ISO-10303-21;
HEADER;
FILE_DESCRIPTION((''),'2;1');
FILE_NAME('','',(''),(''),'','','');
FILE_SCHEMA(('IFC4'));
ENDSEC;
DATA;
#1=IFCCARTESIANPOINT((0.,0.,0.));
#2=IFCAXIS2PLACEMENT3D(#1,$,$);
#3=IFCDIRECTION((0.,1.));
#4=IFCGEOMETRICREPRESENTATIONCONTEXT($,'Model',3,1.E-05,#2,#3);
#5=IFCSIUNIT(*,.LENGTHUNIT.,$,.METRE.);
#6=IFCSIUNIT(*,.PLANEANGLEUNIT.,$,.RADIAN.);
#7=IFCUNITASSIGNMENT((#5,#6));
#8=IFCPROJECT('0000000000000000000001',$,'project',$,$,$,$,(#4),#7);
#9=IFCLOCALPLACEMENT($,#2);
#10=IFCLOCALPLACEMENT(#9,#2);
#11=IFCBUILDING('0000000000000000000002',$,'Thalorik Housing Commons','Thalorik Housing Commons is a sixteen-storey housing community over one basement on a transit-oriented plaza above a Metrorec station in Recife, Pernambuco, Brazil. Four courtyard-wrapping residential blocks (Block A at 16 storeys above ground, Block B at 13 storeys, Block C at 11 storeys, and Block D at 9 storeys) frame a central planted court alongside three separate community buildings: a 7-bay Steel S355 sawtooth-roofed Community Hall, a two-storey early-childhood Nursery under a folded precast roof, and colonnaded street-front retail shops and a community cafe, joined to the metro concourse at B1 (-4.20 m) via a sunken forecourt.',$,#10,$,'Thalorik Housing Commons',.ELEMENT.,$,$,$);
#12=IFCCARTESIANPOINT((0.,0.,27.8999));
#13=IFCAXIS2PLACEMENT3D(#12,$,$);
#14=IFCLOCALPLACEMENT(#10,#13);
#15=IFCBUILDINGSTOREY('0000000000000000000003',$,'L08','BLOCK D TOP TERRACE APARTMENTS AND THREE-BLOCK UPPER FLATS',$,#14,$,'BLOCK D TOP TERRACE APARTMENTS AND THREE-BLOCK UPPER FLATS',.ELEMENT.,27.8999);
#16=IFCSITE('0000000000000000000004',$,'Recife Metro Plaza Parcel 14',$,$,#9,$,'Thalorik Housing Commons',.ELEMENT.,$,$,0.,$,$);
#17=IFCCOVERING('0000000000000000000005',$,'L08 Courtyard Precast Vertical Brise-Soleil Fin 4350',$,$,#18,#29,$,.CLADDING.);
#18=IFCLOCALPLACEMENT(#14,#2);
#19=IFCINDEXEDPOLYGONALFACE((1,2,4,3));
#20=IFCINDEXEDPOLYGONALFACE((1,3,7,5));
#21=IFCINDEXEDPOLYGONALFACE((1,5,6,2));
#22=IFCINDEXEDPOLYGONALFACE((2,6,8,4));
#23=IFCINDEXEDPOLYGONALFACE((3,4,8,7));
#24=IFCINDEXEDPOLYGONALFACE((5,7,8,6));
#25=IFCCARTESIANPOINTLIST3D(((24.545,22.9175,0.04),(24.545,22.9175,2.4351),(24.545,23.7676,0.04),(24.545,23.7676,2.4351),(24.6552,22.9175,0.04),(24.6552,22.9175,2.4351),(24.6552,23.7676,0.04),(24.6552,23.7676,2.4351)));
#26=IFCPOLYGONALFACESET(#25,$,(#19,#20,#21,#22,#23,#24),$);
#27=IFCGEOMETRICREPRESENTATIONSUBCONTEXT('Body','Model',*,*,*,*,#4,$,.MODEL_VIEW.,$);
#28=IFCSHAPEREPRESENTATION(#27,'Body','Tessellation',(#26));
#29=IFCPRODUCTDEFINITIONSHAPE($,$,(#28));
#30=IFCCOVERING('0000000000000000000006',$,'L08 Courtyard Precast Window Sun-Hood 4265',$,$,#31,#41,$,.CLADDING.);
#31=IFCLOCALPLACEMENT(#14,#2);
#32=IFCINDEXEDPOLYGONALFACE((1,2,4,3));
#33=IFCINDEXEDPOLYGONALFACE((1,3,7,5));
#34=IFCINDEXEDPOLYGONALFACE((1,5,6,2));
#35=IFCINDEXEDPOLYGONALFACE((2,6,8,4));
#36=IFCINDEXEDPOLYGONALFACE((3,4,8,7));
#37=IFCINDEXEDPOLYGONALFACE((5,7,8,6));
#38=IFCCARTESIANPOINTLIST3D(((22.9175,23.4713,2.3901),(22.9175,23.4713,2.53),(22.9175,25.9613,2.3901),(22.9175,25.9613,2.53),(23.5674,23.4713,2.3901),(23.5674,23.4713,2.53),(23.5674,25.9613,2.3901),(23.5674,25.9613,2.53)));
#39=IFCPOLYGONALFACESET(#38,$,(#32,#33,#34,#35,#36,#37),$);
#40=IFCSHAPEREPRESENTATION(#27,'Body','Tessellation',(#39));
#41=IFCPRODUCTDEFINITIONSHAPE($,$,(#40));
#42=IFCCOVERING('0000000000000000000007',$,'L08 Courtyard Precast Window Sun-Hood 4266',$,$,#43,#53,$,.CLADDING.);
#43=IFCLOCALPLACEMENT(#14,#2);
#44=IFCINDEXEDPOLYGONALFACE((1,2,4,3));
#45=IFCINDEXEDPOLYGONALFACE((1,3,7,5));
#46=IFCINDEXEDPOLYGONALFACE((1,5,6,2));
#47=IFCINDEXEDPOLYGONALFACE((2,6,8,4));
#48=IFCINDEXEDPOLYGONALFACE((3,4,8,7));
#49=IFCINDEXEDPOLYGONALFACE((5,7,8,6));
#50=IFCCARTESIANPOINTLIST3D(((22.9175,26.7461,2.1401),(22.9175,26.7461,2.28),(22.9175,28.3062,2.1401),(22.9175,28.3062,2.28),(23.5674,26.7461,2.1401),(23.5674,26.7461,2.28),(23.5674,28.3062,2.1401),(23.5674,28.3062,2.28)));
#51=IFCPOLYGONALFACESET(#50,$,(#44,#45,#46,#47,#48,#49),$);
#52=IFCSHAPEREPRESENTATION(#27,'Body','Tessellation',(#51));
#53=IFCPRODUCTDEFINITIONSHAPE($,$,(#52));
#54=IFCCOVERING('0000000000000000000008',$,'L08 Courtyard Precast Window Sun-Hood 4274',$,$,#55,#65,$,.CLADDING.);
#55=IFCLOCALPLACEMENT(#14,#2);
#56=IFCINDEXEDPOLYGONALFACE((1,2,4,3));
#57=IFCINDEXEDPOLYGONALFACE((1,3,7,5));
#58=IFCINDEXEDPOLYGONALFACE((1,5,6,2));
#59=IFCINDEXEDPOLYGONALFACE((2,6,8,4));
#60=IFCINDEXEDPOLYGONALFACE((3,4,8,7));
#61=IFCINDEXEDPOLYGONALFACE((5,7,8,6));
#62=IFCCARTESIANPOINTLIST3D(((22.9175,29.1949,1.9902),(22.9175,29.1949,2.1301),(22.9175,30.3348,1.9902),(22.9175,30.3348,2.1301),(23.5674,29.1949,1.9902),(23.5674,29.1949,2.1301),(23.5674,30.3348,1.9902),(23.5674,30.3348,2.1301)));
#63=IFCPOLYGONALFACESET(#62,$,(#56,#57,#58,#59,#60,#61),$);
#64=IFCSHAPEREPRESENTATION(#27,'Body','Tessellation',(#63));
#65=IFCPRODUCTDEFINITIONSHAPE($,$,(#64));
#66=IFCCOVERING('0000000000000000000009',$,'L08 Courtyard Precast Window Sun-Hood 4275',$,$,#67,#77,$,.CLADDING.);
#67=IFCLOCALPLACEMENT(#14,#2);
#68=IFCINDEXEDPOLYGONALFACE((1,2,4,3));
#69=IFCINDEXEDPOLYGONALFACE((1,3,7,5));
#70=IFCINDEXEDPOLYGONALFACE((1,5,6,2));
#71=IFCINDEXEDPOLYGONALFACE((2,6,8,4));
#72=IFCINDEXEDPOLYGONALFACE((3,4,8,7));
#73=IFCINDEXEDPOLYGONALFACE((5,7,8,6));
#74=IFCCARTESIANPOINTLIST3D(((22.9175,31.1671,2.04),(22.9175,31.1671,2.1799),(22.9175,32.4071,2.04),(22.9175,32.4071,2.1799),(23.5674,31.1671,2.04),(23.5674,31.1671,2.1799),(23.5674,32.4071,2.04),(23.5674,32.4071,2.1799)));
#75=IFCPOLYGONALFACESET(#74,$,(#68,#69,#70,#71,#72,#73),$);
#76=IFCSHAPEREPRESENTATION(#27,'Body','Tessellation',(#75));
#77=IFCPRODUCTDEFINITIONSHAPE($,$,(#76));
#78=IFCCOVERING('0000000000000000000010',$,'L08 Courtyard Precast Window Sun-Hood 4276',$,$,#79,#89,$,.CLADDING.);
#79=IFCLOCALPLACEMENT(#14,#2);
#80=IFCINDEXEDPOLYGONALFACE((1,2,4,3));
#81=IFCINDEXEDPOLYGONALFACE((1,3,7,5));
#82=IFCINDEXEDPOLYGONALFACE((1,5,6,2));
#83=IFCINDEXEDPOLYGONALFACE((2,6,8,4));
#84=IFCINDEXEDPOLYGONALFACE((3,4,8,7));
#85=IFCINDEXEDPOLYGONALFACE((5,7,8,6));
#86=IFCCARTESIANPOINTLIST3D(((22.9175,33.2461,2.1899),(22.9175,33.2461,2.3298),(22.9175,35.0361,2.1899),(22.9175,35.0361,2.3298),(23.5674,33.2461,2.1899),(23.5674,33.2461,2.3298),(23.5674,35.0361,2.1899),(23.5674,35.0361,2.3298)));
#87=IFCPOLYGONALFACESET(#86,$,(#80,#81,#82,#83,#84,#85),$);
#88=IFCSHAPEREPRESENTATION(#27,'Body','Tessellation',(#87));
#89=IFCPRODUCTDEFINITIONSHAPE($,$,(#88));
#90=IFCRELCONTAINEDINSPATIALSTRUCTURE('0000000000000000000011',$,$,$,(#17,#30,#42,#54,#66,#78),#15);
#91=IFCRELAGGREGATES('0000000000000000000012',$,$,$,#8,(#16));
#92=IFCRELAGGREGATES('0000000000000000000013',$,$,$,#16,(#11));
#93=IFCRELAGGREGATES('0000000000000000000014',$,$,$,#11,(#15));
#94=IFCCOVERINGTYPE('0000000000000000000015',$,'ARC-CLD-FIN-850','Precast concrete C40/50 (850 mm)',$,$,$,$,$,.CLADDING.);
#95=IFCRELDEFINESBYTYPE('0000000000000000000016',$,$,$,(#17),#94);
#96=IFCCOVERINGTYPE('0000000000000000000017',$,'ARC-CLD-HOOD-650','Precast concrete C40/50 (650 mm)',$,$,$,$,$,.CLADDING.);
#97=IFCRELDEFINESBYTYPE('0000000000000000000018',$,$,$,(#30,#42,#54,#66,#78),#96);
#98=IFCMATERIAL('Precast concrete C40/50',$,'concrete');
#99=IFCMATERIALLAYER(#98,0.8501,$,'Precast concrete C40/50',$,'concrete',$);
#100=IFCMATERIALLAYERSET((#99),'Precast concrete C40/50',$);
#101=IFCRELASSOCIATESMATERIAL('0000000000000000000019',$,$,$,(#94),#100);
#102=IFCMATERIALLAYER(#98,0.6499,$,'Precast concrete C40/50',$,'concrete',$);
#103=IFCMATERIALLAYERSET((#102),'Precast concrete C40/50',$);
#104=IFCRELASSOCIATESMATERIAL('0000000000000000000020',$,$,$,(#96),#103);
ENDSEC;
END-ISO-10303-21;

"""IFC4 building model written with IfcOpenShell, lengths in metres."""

from ifc_helpers import new_model, si_unit, direction, frame, origin, origin_2d, place, context, subcontext, project, spatial, rectangle, extrude, material, layer, layer_set, type_object, element, save


model = new_model("IFC4")

# Units and contexts
model_context = context("Model", 3, precision=1e-05, world=origin(), true_north=direction((0.0, 1.0)))
body_context = subcontext(model_context, "Body", "Model", "MODEL_VIEW")
ifc_project = project(units=[si_unit("LENGTHUNIT", "METRE"), si_unit("PLANEANGLEUNIT", "RADIAN")], contexts=[model_context])

# Site, building, storey
site_placement = place(None, origin())
site = spatial("IfcSite", under=ifc_project, at=site_placement, Name="Recife Metro Plaza Parcel 14", LongName="Thalorik Housing Commons", CompositionType="ELEMENT", RefElevation=0.0)
building_placement = place(site_placement, origin())
building = spatial("IfcBuilding", under=site, at=building_placement, Name="Thalorik Housing Commons", Description="Thalorik Housing Commons is a sixteen-storey housing community over one basement on a transit-oriented plaza above a Metrorec station in Recife, Pernambuco, Brazil. Four courtyard-wrapping residential blocks (Block A at 16 storeys above ground, Block B at 13 storeys, Block C at 11 storeys, and Block D at 9 storeys) frame a central planted court alongside three separate community buildings: a 7-bay Steel S355 sawtooth-roofed Community Hall, a two-storey early-childhood Nursery under a folded precast roof, and colonnaded street-front retail shops and a community cafe, joined to the metro concourse at B1 (-4.20 m) via a sunken forecourt.", LongName="Thalorik Housing Commons", CompositionType="ELEMENT")
storey_placement = place(building_placement, frame((0.0, 0.0, 27.8999)))
storey = spatial("IfcBuildingStorey", under=building, at=storey_placement, Name="L08", Description="BLOCK D TOP TERRACE APARTMENTS AND THREE-BLOCK UPPER FLATS", LongName="BLOCK D TOP TERRACE APARTMENTS AND THREE-BLOCK UPPER FLATS", CompositionType="ELEMENT", Elevation=27.8999)

# Shared definitions
ifc_material_1 = material(Name="Precast concrete C40/50", Category="concrete")

# Coverings
ifc_layer_1 = layer(ifc_material_1, 0.8501, Name="Precast concrete C40/50", Category="concrete")
ifc_layer_set_1 = layer_set([ifc_layer_1], Name="Precast concrete C40/50")
covering_type_1 = type_object("IfcCoveringType", Name="ARC-CLD-FIN-850", Description="Precast concrete C40/50 (850 mm)", PredefinedType="CLADDING", material=ifc_layer_set_1)
covering_1_placement = place(storey_placement, frame((24.6001, 23.3425, 0.04), z_axis=(0.0, 0.0, 1.0), x_axis=(-1.0, 0.0, 0.0)))
element("IfcCovering", 1, at=covering_1_placement, inside=storey, type_object=covering_type_1, Name="L08 Courtyard Precast Vertical Brise-Soleil Fin 4350", PredefinedType="CLADDING", context=body_context, shape_type="SweptSolid", body=[
    extrude(rectangle(XDim=0.1101, YDim=0.8501, at=origin_2d()), origin(), (0.0, 0.0, 1.0), 2.395),
])
ifc_layer_2 = layer(ifc_material_1, 0.6499, Name="Precast concrete C40/50", Category="concrete")
ifc_layer_set_2 = layer_set([ifc_layer_2], Name="Precast concrete C40/50")
covering_type_2 = type_object("IfcCoveringType", Name="ARC-CLD-HOOD-650", Description="Precast concrete C40/50 (650 mm)", PredefinedType="CLADDING", material=ifc_layer_set_2)
covering_2_placement = place(storey_placement, frame((23.2424, 24.7163, 2.3901), z_axis=(0.0, 0.0, 1.0), x_axis=(0.0, 1.0, 0.0)))
element("IfcCovering", 2, at=covering_2_placement, inside=storey, type_object=covering_type_2, Name="L08 Courtyard Precast Window Sun-Hood 4265", PredefinedType="CLADDING", context=body_context, shape_type="SweptSolid", body=[
    extrude(rectangle(XDim=2.49, YDim=0.6499, at=origin_2d()), origin(), (0.0, 0.0, 1.0), 0.1399),
])
covering_3_placement = place(storey_placement, frame((23.2424, 27.5261, 2.1401), z_axis=(0.0, 0.0, 1.0), x_axis=(0.0, 1.0, 0.0)))
element("IfcCovering", 3, at=covering_3_placement, inside=storey, type_object=covering_type_2, Name="L08 Courtyard Precast Window Sun-Hood 4266", PredefinedType="CLADDING", context=body_context, shape_type="SweptSolid", body=[
    extrude(rectangle(XDim=1.5601, YDim=0.6499, at=origin_2d()), origin(), (0.0, 0.0, 1.0), 0.1399),
])
covering_4_placement = place(storey_placement, frame((23.2424, 29.7649, 1.9902), z_axis=(0.0, 0.0, 1.0), x_axis=(0.0, 1.0, 0.0)))
element("IfcCovering", 4, at=covering_4_placement, inside=storey, type_object=covering_type_2, Name="L08 Courtyard Precast Window Sun-Hood 4274", PredefinedType="CLADDING", context=body_context, shape_type="SweptSolid", body=[
    extrude(rectangle(XDim=1.1399, YDim=0.6499, at=origin_2d()), origin(), (0.0, 0.0, 1.0), 0.1399),
])
covering_5_placement = place(storey_placement, frame((23.2424, 31.7871, 2.04), z_axis=(0.0, 0.0, 1.0), x_axis=(0.0, 1.0, 0.0)))
element("IfcCovering", 5, at=covering_5_placement, inside=storey, type_object=covering_type_2, Name="L08 Courtyard Precast Window Sun-Hood 4275", PredefinedType="CLADDING", context=body_context, shape_type="SweptSolid", body=[
    extrude(rectangle(XDim=1.24, YDim=0.6499, at=origin_2d()), origin(), (0.0, 0.0, 1.0), 0.1399),
])
covering_6_placement = place(storey_placement, frame((23.2424, 34.1411, 2.1899), z_axis=(0.0, 0.0, 1.0), x_axis=(0.0, 1.0, 0.0)))
element("IfcCovering", 6, at=covering_6_placement, inside=storey, type_object=covering_type_2, Name="L08 Courtyard Precast Window Sun-Hood 4276", PredefinedType="CLADDING", context=body_context, shape_type="SweptSolid", body=[
    extrude(rectangle(XDim=1.79, YDim=0.6499, at=origin_2d()), origin(), (0.0, 0.0, 1.0), 0.1399),
])

save(model, "model.ifc")
